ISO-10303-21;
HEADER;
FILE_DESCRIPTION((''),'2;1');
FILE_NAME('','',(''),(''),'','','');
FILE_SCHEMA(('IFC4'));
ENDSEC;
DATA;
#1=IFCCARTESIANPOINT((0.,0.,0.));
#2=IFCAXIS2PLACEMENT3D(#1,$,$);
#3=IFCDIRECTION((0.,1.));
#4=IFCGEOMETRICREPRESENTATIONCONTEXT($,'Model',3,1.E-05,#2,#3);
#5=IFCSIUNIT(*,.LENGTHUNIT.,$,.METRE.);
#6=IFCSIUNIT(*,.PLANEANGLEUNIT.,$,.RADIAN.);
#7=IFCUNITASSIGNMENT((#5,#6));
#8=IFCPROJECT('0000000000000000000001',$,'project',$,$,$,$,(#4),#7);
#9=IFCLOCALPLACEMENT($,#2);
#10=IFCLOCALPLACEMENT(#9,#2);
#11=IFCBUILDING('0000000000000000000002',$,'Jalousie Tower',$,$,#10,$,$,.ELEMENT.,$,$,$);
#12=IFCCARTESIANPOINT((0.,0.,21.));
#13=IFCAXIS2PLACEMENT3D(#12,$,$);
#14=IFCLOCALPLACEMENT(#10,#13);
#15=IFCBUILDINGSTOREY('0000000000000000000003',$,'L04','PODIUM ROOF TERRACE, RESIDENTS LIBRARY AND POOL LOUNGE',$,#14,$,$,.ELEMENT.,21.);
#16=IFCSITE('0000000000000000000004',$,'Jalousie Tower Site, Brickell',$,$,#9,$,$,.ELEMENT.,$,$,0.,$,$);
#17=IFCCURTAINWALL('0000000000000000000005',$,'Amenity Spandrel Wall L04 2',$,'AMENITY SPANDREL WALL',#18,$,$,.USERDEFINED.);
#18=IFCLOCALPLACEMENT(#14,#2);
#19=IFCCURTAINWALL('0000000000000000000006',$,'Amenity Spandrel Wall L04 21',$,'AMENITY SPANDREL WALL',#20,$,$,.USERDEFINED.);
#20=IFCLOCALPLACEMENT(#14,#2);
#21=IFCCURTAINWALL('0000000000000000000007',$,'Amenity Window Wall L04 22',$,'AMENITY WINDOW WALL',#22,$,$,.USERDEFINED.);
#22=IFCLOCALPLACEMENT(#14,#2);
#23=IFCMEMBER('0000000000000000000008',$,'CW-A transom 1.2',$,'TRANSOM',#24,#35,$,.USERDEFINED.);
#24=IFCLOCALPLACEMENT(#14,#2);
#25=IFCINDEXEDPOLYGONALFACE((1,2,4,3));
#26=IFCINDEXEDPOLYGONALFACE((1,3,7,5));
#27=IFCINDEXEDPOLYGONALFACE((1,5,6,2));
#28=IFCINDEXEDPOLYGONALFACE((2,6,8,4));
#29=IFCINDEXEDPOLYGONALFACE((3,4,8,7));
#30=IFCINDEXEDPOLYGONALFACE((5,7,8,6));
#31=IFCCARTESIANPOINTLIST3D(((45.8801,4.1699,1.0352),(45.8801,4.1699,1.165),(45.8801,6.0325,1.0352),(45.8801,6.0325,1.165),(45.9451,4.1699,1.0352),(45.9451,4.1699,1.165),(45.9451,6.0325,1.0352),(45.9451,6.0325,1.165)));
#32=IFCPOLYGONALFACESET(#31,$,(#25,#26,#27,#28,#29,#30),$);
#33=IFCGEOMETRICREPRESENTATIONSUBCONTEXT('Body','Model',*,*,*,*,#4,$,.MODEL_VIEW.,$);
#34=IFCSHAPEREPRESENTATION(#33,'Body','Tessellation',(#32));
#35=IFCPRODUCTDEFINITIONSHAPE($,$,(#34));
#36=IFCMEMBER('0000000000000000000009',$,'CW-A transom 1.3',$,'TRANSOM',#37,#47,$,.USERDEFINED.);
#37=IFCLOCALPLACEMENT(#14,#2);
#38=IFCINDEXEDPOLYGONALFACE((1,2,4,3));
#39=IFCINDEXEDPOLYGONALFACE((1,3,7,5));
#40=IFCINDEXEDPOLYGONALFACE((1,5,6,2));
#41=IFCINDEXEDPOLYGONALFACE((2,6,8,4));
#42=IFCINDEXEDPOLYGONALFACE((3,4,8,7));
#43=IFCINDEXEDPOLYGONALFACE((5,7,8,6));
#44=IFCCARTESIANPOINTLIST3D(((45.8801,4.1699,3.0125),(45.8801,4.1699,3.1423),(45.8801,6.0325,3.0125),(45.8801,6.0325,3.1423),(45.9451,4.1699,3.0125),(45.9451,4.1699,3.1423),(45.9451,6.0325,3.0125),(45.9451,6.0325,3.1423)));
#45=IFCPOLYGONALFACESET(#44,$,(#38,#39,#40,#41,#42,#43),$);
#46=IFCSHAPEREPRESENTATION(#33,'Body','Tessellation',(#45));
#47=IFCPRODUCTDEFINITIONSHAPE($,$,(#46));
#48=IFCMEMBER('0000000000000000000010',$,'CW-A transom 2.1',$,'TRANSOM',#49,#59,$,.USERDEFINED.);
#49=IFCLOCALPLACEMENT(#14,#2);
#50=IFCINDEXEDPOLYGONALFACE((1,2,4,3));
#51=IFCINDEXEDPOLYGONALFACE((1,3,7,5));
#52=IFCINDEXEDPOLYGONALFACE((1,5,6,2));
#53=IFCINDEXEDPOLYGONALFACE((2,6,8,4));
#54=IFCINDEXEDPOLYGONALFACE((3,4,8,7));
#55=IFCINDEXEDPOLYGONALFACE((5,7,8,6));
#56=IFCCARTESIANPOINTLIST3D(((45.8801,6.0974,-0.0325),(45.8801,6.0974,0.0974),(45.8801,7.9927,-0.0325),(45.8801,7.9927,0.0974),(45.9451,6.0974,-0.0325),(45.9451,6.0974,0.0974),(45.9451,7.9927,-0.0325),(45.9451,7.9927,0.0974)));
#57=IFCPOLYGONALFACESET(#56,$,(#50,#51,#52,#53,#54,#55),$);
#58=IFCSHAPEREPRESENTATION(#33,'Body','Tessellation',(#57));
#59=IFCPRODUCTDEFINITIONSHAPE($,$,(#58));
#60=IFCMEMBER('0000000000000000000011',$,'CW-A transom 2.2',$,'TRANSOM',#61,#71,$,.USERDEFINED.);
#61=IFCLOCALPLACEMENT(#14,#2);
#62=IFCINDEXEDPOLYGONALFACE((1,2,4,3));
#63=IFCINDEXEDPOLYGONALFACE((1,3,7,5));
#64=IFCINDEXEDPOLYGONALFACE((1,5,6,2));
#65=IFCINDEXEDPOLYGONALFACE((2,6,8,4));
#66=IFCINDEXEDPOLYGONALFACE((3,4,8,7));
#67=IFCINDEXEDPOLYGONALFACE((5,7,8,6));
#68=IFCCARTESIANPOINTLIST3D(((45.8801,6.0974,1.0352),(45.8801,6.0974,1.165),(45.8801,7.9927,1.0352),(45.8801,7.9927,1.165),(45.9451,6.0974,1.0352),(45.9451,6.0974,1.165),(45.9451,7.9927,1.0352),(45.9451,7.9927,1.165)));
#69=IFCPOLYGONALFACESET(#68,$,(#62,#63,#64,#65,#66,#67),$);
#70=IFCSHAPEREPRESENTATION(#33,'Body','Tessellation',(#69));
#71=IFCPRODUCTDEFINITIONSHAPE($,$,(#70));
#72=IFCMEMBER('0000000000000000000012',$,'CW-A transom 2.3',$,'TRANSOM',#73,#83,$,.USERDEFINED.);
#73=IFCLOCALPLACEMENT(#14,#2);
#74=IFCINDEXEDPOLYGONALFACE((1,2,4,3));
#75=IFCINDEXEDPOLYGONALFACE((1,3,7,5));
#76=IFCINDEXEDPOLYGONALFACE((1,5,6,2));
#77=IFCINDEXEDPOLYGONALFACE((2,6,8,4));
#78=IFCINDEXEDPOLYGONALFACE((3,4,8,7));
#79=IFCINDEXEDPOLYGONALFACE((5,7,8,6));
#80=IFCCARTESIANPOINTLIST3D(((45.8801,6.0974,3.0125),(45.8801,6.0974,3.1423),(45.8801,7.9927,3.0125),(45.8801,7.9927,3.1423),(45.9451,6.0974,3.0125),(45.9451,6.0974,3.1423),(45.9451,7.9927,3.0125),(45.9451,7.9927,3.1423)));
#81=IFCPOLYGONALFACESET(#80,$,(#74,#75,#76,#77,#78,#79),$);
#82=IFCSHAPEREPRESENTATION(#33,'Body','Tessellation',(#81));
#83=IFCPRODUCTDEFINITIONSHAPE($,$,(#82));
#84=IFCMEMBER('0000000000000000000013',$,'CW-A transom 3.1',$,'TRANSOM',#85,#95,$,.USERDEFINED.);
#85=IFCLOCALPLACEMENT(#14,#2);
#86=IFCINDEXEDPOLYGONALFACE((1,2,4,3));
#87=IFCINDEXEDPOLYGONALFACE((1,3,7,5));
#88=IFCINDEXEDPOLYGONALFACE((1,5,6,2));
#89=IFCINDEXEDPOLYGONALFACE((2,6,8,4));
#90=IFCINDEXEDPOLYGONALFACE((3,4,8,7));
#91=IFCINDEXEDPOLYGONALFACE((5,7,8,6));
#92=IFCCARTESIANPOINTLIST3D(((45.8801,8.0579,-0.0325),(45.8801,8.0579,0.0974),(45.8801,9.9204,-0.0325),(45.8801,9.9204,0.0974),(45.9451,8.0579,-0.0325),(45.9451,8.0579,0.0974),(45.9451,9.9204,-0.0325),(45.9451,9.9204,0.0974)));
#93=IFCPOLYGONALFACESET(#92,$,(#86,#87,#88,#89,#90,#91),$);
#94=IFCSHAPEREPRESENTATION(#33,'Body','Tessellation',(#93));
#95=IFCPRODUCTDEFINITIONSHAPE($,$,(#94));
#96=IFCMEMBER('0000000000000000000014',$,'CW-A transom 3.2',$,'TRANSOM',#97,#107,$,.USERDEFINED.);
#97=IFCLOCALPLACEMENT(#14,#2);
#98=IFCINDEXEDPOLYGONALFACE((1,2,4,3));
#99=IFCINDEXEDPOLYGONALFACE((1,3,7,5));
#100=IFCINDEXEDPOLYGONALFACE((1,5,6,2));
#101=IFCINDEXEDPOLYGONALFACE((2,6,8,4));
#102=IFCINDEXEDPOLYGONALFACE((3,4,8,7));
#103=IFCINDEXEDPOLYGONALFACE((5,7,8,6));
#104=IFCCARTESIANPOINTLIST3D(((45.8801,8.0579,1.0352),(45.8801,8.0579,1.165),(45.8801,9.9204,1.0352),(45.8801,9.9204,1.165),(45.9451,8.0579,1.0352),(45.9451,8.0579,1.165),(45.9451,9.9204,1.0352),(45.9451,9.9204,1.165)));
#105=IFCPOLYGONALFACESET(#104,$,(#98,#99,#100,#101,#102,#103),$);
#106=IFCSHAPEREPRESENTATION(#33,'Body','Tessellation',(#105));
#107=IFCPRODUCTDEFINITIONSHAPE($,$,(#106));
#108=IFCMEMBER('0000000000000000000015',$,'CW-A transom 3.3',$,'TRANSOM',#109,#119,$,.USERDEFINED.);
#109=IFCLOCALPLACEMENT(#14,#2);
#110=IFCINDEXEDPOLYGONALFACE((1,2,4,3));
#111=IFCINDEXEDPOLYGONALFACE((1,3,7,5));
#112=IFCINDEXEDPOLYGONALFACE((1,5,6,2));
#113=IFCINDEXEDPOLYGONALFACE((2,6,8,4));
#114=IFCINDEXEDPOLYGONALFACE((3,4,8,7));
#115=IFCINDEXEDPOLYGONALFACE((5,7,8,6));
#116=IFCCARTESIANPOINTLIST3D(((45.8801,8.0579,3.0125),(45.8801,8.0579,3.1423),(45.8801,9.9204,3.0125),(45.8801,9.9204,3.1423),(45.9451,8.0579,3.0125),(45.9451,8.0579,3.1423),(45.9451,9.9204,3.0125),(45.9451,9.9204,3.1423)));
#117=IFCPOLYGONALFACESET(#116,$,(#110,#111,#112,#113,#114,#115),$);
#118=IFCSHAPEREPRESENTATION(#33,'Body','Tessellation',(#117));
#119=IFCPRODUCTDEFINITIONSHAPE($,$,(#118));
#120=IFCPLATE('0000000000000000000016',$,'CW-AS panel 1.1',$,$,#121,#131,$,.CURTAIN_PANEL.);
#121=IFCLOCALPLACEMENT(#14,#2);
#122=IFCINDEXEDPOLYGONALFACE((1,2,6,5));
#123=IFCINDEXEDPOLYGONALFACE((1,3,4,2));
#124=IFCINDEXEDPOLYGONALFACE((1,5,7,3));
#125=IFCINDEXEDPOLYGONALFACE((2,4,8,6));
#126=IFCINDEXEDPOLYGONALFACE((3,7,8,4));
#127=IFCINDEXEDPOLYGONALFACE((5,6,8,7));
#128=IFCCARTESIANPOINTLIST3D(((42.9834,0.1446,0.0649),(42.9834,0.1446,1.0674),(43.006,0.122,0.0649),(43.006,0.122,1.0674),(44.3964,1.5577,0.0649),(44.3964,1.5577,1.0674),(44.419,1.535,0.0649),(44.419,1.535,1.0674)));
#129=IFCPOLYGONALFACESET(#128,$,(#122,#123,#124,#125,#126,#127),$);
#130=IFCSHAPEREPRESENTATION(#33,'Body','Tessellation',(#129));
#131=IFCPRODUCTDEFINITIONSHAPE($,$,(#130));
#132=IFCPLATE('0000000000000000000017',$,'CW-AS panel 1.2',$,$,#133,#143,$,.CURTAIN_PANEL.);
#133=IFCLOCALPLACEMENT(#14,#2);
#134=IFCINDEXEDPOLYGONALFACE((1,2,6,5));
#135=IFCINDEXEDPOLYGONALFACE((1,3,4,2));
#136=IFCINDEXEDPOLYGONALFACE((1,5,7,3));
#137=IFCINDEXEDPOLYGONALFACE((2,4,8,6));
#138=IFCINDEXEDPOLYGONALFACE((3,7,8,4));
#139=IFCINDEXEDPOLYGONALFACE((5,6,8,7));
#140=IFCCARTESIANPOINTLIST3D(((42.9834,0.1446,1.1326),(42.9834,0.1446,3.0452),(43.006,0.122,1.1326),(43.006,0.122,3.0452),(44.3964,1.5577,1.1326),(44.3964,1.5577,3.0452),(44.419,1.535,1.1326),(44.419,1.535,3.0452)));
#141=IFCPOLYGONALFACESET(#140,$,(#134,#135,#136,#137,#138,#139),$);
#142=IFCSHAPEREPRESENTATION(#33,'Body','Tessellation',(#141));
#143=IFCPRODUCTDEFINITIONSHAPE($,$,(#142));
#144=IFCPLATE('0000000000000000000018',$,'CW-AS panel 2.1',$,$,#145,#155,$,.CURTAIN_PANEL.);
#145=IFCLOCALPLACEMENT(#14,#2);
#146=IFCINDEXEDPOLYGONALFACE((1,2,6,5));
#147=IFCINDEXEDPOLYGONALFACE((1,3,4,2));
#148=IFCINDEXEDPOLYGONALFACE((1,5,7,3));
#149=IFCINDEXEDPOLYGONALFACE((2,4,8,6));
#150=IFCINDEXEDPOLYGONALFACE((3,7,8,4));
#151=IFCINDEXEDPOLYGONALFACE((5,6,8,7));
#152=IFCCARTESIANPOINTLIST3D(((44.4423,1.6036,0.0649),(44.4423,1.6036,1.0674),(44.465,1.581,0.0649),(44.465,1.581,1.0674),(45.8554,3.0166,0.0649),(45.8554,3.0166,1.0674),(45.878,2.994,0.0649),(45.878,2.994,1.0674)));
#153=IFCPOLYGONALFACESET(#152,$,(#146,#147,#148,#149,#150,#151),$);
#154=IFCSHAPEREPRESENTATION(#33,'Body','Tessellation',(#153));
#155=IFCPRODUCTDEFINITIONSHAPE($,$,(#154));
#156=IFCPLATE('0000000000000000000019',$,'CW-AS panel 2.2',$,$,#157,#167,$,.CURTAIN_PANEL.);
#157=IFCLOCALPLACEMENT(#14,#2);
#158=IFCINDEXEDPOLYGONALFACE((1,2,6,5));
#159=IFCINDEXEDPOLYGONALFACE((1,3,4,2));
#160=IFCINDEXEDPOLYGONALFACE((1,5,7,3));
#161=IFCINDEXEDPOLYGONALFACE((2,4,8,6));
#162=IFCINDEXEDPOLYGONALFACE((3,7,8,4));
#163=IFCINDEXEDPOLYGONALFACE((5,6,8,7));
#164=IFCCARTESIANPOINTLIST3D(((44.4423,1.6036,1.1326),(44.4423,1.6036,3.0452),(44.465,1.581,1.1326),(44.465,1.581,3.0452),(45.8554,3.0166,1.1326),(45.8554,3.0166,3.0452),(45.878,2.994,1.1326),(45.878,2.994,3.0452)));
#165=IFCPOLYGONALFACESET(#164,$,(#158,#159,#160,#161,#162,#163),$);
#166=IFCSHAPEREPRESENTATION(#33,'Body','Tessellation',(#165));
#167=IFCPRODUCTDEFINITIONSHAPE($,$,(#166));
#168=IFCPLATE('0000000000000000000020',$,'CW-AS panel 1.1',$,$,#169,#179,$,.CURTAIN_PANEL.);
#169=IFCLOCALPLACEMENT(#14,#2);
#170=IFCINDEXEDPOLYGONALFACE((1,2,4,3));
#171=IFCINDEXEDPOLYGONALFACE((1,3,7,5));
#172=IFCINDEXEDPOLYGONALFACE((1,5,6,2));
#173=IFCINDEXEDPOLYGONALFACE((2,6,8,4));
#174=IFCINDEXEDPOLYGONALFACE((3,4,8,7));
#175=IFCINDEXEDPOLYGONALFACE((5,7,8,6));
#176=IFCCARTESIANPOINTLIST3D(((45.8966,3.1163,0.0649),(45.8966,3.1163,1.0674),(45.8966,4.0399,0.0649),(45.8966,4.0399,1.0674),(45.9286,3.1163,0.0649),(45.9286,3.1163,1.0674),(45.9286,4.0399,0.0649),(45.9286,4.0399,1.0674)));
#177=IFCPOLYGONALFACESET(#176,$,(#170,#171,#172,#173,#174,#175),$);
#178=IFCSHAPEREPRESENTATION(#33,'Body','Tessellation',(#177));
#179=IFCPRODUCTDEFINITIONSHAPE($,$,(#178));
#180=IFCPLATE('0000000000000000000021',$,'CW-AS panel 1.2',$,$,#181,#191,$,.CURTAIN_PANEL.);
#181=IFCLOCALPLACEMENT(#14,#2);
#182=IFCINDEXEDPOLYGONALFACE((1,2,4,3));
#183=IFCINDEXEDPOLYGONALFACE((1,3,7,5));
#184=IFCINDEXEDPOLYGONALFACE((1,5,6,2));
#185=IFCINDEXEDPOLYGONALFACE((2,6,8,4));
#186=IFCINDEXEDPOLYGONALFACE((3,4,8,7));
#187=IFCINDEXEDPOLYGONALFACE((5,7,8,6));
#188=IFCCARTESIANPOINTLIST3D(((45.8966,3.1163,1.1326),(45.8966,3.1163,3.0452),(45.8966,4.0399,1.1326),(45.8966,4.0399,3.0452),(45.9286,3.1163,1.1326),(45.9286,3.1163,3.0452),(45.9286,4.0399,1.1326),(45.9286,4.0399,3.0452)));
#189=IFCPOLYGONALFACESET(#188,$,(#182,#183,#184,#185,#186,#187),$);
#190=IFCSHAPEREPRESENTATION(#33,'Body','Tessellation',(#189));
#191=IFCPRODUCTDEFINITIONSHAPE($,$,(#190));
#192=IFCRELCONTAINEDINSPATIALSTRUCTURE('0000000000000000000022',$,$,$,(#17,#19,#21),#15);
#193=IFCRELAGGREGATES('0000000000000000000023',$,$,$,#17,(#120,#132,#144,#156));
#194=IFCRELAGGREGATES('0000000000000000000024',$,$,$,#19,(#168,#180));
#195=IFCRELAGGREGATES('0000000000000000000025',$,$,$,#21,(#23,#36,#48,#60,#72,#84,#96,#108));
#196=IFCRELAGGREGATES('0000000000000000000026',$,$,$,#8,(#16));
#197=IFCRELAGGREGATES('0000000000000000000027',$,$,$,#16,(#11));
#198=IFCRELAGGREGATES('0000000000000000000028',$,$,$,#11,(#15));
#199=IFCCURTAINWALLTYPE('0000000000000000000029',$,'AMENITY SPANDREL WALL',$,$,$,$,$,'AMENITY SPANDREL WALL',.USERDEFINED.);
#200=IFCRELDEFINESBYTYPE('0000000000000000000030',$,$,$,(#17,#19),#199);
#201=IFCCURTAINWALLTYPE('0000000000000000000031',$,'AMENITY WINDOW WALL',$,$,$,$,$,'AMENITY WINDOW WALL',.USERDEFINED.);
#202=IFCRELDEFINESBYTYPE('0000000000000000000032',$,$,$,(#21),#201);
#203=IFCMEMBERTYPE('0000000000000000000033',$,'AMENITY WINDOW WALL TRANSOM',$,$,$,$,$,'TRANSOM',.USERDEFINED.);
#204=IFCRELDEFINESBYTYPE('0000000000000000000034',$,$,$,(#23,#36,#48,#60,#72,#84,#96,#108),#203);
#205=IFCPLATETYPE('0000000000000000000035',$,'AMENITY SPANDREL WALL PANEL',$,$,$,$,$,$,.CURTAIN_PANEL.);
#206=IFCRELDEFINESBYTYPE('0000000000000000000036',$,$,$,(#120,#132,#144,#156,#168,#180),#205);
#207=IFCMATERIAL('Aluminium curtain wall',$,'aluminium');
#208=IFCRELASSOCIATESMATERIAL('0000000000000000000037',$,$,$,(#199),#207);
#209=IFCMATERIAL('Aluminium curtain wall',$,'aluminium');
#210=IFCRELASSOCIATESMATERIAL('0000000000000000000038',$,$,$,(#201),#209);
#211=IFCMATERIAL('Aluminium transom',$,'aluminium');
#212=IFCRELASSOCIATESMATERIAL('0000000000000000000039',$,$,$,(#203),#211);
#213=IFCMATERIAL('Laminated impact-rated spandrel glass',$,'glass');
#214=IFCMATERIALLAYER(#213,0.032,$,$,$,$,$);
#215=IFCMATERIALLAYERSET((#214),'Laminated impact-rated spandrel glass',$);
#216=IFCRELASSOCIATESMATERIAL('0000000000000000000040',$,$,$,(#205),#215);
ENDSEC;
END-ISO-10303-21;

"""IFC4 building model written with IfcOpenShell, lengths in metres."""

from ifc_helpers import new_model, si_unit, direction, frame, origin, origin_2d, place, context, subcontext, project, spatial, rectangle, extrude, material, layer, layer_set, material_profile, profile_set, type_object, element, aggregate, save


model = new_model("IFC4")

# Units and contexts
model_context = context("Model", 3, precision=1e-05, world=origin(), true_north=direction((0.0, 1.0)))
body_context = subcontext(model_context, "Body", "Model", "MODEL_VIEW")
ifc_project = project(units=[si_unit("LENGTHUNIT", "METRE"), si_unit("PLANEANGLEUNIT", "RADIAN")], contexts=[model_context])

# Site, building, storey
site_placement = place(None, origin())
site = spatial("IfcSite", under=ifc_project, at=site_placement, Name="Jalousie Tower Site, Brickell", CompositionType="ELEMENT", RefElevation=0.0)
building_placement = place(site_placement, origin())
building = spatial("IfcBuilding", under=site, at=building_placement, Name="Jalousie Tower", CompositionType="ELEMENT")
storey_placement = place(building_placement, frame((0.0, 0.0, 21.0)))
storey = spatial("IfcBuildingStorey", under=building, at=storey_placement, Name="L04", Description="PODIUM ROOF TERRACE, RESIDENTS LIBRARY AND POOL LOUNGE", CompositionType="ELEMENT", Elevation=21.0)

# Curtain walls
ifc_material_1 = material(Name="Aluminium curtain wall", Category="aluminium")
curtain_wall_type_1 = type_object("IfcCurtainWallType", Name="AMENITY SPANDREL WALL", ElementType="AMENITY SPANDREL WALL", PredefinedType="USERDEFINED", material=ifc_material_1)
curtain_wall_1_placement = place(storey_placement, origin())
curtain_wall_1 = element("IfcCurtainWall", 1, at=curtain_wall_1_placement, inside=storey, type_object=curtain_wall_type_1, Name="Amenity Spandrel Wall L04 2", ObjectType="AMENITY SPANDREL WALL", PredefinedType="USERDEFINED")
curtain_wall_2_placement = place(storey_placement, origin())
curtain_wall_2 = element("IfcCurtainWall", 2, at=curtain_wall_2_placement, inside=storey, type_object=curtain_wall_type_1, Name="Amenity Spandrel Wall L04 21", ObjectType="AMENITY SPANDREL WALL", PredefinedType="USERDEFINED")

# Curtain wall, members
ifc_material_2 = material(Name="Aluminium curtain wall", Category="aluminium")
curtain_wall_type_2 = type_object("IfcCurtainWallType", Name="AMENITY WINDOW WALL", ElementType="AMENITY WINDOW WALL", PredefinedType="USERDEFINED", material=ifc_material_2)
curtain_wall_3_placement = place(storey_placement, origin())
curtain_wall_3 = element("IfcCurtainWall", 3, at=curtain_wall_3_placement, inside=storey, type_object=curtain_wall_type_2, Name="Amenity Window Wall L04 22", ObjectType="AMENITY WINDOW WALL", PredefinedType="USERDEFINED")
ifc_material_3 = material(Name="Aluminium transom", Category="aluminium")
ifc_material_profile_1 = material_profile(ifc_material_3, rectangle(XDim=0.0649, YDim=0.1299, at=origin_2d()), Name="TRANSOM 65x130")
ifc_profile_set_1 = profile_set([ifc_material_profile_1], Name="Aluminium transom")
member_type_1 = type_object("IfcMemberType", Name="AMENITY WINDOW WALL TRANSOM", ElementType="TRANSOM", PredefinedType="USERDEFINED", material=ifc_profile_set_1)
member_1_placement = place(storey_placement, frame((45.9126, 4.1699, 1.1001), z_axis=(0.0, 1.0, 0.0), x_axis=(-1.0, 0.0, 0.0)))
member_1 = element("IfcMember", 4, at=member_1_placement, type_object=member_type_1, Name="CW-A transom 1.2", ObjectType="TRANSOM", PredefinedType="USERDEFINED", context=body_context, shape_type="SweptSolid", body=[
    extrude(rectangle(XDim=0.0649, YDim=0.1299, at=origin_2d()), origin(), (0.0, 0.0, 1.0), 1.8625),
])
member_2_placement = place(storey_placement, frame((45.9126, 4.1699, 3.0774), z_axis=(0.0, 1.0, 0.0), x_axis=(-1.0, 0.0, 0.0)))
member_2 = element("IfcMember", 5, at=member_2_placement, type_object=member_type_1, Name="CW-A transom 1.3", ObjectType="TRANSOM", PredefinedType="USERDEFINED", context=body_context, shape_type="SweptSolid", body=[
    extrude(rectangle(XDim=0.0649, YDim=0.1299, at=origin_2d()), origin(), (0.0, 0.0, 1.0), 1.8625),
])
member_3_placement = place(storey_placement, frame((45.9126, 6.0974, 0.0325), z_axis=(0.0, 1.0, 0.0), x_axis=(-1.0, 0.0, 0.0)))
member_3 = element("IfcMember", 6, at=member_3_placement, type_object=member_type_1, Name="CW-A transom 2.1", ObjectType="TRANSOM", PredefinedType="USERDEFINED", context=body_context, shape_type="SweptSolid", body=[
    extrude(rectangle(XDim=0.0649, YDim=0.1299, at=origin_2d()), origin(), (0.0, 0.0, 1.0), 1.8953),
])
member_4_placement = place(storey_placement, frame((45.9126, 6.0974, 1.1001), z_axis=(0.0, 1.0, 0.0), x_axis=(-1.0, 0.0, 0.0)))
member_4 = element("IfcMember", 7, at=member_4_placement, type_object=member_type_1, Name="CW-A transom 2.2", ObjectType="TRANSOM", PredefinedType="USERDEFINED", context=body_context, shape_type="SweptSolid", body=[
    extrude(rectangle(XDim=0.0649, YDim=0.1299, at=origin_2d()), origin(), (0.0, 0.0, 1.0), 1.8953),
])
member_5_placement = place(storey_placement, frame((45.9126, 6.0974, 3.0774), z_axis=(0.0, 1.0, 0.0), x_axis=(-1.0, 0.0, 0.0)))
member_5 = element("IfcMember", 8, at=member_5_placement, type_object=member_type_1, Name="CW-A transom 2.3", ObjectType="TRANSOM", PredefinedType="USERDEFINED", context=body_context, shape_type="SweptSolid", body=[
    extrude(rectangle(XDim=0.0649, YDim=0.1299, at=origin_2d()), origin(), (0.0, 0.0, 1.0), 1.8953),
])
member_6_placement = place(storey_placement, frame((45.9126, 8.0579, 0.0325), z_axis=(0.0, 1.0, 0.0), x_axis=(-1.0, 0.0, 0.0)))
member_6 = element("IfcMember", 9, at=member_6_placement, type_object=member_type_1, Name="CW-A transom 3.1", ObjectType="TRANSOM", PredefinedType="USERDEFINED", context=body_context, shape_type="SweptSolid", body=[
    extrude(rectangle(XDim=0.0649, YDim=0.1299, at=origin_2d()), origin(), (0.0, 0.0, 1.0), 1.8625),
])
member_7_placement = place(storey_placement, frame((45.9126, 8.0579, 1.1001), z_axis=(0.0, 1.0, 0.0), x_axis=(-1.0, 0.0, 0.0)))
member_7 = element("IfcMember", 10, at=member_7_placement, type_object=member_type_1, Name="CW-A transom 3.2", ObjectType="TRANSOM", PredefinedType="USERDEFINED", context=body_context, shape_type="SweptSolid", body=[
    extrude(rectangle(XDim=0.0649, YDim=0.1299, at=origin_2d()), origin(), (0.0, 0.0, 1.0), 1.8625),
])
member_8_placement = place(storey_placement, frame((45.9126, 8.0579, 3.0774), z_axis=(0.0, 1.0, 0.0), x_axis=(-1.0, 0.0, 0.0)))
member_8 = element("IfcMember", 11, at=member_8_placement, type_object=member_type_1, Name="CW-A transom 3.3", ObjectType="TRANSOM", PredefinedType="USERDEFINED", context=body_context, shape_type="SweptSolid", body=[
    extrude(rectangle(XDim=0.0649, YDim=0.1299, at=origin_2d()), origin(), (0.0, 0.0, 1.0), 1.8625),
])

# Plates
ifc_material_4 = material(Name="Laminated impact-rated spandrel glass", Category="glass")
ifc_layer_1 = layer(ifc_material_4, 0.032)
ifc_layer_set_1 = layer_set([ifc_layer_1], Name="Laminated impact-rated spandrel glass")
plate_type_1 = type_object("IfcPlateType", Name="AMENITY SPANDREL WALL PANEL", PredefinedType="CURTAIN_PANEL", material=ifc_layer_set_1)
plate_1_placement = place(storey_placement, frame((43.7012, 0.8398, 0.0649), z_axis=(0.0, 0.0, 1.0), x_axis=(0.707107, 0.707107, 0.0)))
plate_1 = element("IfcPlate", 12, at=plate_1_placement, type_object=plate_type_1, Name="CW-AS panel 1.1", PredefinedType="CURTAIN_PANEL", context=body_context, shape_type="SweptSolid", body=[
    extrude(rectangle(XDim=1.9983, YDim=0.032, at=origin_2d()), origin(), (0.0, 0.0, 1.0), 1.0024),
])
plate_2_placement = place(storey_placement, frame((43.7012, 0.8398, 1.1326), z_axis=(0.0, 0.0, 1.0), x_axis=(0.707107, 0.707107, 0.0)))
plate_2 = element("IfcPlate", 13, at=plate_2_placement, type_object=plate_type_1, Name="CW-AS panel 1.2", PredefinedType="CURTAIN_PANEL", context=body_context, shape_type="SweptSolid", body=[
    extrude(rectangle(XDim=1.9983, YDim=0.032, at=origin_2d()), origin(), (0.0, 0.0, 1.0), 1.9126),
])
plate_3_placement = place(storey_placement, frame((45.1602, 2.2988, 0.0649), z_axis=(0.0, 0.0, 1.0), x_axis=(0.707107, 0.707107, 0.0)))
plate_3 = element("IfcPlate", 14, at=plate_3_placement, type_object=plate_type_1, Name="CW-AS panel 2.1", PredefinedType="CURTAIN_PANEL", context=body_context, shape_type="SweptSolid", body=[
    extrude(rectangle(XDim=1.9983, YDim=0.032, at=origin_2d()), origin(), (0.0, 0.0, 1.0), 1.0024),
])
plate_4_placement = place(storey_placement, frame((45.1602, 2.2988, 1.1326), z_axis=(0.0, 0.0, 1.0), x_axis=(0.707107, 0.707107, 0.0)))
plate_4 = element("IfcPlate", 15, at=plate_4_placement, type_object=plate_type_1, Name="CW-AS panel 2.2", PredefinedType="CURTAIN_PANEL", context=body_context, shape_type="SweptSolid", body=[
    extrude(rectangle(XDim=1.9983, YDim=0.032, at=origin_2d()), origin(), (0.0, 0.0, 1.0), 1.9126),
])
aggregate(curtain_wall_1, [plate_1, plate_2, plate_3, plate_4])
plate_5_placement = place(storey_placement, frame((45.9126, 3.5781, 0.0649), z_axis=(0.0, 0.0, 1.0), x_axis=(0.0, 1.0, 0.0)))
plate_5 = element("IfcPlate", 16, at=plate_5_placement, type_object=plate_type_1, Name="CW-AS panel 1.1", PredefinedType="CURTAIN_PANEL", context=body_context, shape_type="SweptSolid", body=[
    extrude(rectangle(XDim=0.9236, YDim=0.032, at=origin_2d()), origin(), (0.0, 0.0, 1.0), 1.0024),
])
plate_6_placement = place(storey_placement, frame((45.9126, 3.5781, 1.1326), z_axis=(0.0, 0.0, 1.0), x_axis=(0.0, 1.0, 0.0)))
plate_6 = element("IfcPlate", 17, at=plate_6_placement, type_object=plate_type_1, Name="CW-AS panel 1.2", PredefinedType="CURTAIN_PANEL", context=body_context, shape_type="SweptSolid", body=[
    extrude(rectangle(XDim=0.9236, YDim=0.032, at=origin_2d()), origin(), (0.0, 0.0, 1.0), 1.9126),
])
aggregate(curtain_wall_2, [plate_5, plate_6])
aggregate(curtain_wall_3, [member_1, member_2, member_3, member_4, member_5, member_6, member_7, member_8])

save(model, "model.ifc")
